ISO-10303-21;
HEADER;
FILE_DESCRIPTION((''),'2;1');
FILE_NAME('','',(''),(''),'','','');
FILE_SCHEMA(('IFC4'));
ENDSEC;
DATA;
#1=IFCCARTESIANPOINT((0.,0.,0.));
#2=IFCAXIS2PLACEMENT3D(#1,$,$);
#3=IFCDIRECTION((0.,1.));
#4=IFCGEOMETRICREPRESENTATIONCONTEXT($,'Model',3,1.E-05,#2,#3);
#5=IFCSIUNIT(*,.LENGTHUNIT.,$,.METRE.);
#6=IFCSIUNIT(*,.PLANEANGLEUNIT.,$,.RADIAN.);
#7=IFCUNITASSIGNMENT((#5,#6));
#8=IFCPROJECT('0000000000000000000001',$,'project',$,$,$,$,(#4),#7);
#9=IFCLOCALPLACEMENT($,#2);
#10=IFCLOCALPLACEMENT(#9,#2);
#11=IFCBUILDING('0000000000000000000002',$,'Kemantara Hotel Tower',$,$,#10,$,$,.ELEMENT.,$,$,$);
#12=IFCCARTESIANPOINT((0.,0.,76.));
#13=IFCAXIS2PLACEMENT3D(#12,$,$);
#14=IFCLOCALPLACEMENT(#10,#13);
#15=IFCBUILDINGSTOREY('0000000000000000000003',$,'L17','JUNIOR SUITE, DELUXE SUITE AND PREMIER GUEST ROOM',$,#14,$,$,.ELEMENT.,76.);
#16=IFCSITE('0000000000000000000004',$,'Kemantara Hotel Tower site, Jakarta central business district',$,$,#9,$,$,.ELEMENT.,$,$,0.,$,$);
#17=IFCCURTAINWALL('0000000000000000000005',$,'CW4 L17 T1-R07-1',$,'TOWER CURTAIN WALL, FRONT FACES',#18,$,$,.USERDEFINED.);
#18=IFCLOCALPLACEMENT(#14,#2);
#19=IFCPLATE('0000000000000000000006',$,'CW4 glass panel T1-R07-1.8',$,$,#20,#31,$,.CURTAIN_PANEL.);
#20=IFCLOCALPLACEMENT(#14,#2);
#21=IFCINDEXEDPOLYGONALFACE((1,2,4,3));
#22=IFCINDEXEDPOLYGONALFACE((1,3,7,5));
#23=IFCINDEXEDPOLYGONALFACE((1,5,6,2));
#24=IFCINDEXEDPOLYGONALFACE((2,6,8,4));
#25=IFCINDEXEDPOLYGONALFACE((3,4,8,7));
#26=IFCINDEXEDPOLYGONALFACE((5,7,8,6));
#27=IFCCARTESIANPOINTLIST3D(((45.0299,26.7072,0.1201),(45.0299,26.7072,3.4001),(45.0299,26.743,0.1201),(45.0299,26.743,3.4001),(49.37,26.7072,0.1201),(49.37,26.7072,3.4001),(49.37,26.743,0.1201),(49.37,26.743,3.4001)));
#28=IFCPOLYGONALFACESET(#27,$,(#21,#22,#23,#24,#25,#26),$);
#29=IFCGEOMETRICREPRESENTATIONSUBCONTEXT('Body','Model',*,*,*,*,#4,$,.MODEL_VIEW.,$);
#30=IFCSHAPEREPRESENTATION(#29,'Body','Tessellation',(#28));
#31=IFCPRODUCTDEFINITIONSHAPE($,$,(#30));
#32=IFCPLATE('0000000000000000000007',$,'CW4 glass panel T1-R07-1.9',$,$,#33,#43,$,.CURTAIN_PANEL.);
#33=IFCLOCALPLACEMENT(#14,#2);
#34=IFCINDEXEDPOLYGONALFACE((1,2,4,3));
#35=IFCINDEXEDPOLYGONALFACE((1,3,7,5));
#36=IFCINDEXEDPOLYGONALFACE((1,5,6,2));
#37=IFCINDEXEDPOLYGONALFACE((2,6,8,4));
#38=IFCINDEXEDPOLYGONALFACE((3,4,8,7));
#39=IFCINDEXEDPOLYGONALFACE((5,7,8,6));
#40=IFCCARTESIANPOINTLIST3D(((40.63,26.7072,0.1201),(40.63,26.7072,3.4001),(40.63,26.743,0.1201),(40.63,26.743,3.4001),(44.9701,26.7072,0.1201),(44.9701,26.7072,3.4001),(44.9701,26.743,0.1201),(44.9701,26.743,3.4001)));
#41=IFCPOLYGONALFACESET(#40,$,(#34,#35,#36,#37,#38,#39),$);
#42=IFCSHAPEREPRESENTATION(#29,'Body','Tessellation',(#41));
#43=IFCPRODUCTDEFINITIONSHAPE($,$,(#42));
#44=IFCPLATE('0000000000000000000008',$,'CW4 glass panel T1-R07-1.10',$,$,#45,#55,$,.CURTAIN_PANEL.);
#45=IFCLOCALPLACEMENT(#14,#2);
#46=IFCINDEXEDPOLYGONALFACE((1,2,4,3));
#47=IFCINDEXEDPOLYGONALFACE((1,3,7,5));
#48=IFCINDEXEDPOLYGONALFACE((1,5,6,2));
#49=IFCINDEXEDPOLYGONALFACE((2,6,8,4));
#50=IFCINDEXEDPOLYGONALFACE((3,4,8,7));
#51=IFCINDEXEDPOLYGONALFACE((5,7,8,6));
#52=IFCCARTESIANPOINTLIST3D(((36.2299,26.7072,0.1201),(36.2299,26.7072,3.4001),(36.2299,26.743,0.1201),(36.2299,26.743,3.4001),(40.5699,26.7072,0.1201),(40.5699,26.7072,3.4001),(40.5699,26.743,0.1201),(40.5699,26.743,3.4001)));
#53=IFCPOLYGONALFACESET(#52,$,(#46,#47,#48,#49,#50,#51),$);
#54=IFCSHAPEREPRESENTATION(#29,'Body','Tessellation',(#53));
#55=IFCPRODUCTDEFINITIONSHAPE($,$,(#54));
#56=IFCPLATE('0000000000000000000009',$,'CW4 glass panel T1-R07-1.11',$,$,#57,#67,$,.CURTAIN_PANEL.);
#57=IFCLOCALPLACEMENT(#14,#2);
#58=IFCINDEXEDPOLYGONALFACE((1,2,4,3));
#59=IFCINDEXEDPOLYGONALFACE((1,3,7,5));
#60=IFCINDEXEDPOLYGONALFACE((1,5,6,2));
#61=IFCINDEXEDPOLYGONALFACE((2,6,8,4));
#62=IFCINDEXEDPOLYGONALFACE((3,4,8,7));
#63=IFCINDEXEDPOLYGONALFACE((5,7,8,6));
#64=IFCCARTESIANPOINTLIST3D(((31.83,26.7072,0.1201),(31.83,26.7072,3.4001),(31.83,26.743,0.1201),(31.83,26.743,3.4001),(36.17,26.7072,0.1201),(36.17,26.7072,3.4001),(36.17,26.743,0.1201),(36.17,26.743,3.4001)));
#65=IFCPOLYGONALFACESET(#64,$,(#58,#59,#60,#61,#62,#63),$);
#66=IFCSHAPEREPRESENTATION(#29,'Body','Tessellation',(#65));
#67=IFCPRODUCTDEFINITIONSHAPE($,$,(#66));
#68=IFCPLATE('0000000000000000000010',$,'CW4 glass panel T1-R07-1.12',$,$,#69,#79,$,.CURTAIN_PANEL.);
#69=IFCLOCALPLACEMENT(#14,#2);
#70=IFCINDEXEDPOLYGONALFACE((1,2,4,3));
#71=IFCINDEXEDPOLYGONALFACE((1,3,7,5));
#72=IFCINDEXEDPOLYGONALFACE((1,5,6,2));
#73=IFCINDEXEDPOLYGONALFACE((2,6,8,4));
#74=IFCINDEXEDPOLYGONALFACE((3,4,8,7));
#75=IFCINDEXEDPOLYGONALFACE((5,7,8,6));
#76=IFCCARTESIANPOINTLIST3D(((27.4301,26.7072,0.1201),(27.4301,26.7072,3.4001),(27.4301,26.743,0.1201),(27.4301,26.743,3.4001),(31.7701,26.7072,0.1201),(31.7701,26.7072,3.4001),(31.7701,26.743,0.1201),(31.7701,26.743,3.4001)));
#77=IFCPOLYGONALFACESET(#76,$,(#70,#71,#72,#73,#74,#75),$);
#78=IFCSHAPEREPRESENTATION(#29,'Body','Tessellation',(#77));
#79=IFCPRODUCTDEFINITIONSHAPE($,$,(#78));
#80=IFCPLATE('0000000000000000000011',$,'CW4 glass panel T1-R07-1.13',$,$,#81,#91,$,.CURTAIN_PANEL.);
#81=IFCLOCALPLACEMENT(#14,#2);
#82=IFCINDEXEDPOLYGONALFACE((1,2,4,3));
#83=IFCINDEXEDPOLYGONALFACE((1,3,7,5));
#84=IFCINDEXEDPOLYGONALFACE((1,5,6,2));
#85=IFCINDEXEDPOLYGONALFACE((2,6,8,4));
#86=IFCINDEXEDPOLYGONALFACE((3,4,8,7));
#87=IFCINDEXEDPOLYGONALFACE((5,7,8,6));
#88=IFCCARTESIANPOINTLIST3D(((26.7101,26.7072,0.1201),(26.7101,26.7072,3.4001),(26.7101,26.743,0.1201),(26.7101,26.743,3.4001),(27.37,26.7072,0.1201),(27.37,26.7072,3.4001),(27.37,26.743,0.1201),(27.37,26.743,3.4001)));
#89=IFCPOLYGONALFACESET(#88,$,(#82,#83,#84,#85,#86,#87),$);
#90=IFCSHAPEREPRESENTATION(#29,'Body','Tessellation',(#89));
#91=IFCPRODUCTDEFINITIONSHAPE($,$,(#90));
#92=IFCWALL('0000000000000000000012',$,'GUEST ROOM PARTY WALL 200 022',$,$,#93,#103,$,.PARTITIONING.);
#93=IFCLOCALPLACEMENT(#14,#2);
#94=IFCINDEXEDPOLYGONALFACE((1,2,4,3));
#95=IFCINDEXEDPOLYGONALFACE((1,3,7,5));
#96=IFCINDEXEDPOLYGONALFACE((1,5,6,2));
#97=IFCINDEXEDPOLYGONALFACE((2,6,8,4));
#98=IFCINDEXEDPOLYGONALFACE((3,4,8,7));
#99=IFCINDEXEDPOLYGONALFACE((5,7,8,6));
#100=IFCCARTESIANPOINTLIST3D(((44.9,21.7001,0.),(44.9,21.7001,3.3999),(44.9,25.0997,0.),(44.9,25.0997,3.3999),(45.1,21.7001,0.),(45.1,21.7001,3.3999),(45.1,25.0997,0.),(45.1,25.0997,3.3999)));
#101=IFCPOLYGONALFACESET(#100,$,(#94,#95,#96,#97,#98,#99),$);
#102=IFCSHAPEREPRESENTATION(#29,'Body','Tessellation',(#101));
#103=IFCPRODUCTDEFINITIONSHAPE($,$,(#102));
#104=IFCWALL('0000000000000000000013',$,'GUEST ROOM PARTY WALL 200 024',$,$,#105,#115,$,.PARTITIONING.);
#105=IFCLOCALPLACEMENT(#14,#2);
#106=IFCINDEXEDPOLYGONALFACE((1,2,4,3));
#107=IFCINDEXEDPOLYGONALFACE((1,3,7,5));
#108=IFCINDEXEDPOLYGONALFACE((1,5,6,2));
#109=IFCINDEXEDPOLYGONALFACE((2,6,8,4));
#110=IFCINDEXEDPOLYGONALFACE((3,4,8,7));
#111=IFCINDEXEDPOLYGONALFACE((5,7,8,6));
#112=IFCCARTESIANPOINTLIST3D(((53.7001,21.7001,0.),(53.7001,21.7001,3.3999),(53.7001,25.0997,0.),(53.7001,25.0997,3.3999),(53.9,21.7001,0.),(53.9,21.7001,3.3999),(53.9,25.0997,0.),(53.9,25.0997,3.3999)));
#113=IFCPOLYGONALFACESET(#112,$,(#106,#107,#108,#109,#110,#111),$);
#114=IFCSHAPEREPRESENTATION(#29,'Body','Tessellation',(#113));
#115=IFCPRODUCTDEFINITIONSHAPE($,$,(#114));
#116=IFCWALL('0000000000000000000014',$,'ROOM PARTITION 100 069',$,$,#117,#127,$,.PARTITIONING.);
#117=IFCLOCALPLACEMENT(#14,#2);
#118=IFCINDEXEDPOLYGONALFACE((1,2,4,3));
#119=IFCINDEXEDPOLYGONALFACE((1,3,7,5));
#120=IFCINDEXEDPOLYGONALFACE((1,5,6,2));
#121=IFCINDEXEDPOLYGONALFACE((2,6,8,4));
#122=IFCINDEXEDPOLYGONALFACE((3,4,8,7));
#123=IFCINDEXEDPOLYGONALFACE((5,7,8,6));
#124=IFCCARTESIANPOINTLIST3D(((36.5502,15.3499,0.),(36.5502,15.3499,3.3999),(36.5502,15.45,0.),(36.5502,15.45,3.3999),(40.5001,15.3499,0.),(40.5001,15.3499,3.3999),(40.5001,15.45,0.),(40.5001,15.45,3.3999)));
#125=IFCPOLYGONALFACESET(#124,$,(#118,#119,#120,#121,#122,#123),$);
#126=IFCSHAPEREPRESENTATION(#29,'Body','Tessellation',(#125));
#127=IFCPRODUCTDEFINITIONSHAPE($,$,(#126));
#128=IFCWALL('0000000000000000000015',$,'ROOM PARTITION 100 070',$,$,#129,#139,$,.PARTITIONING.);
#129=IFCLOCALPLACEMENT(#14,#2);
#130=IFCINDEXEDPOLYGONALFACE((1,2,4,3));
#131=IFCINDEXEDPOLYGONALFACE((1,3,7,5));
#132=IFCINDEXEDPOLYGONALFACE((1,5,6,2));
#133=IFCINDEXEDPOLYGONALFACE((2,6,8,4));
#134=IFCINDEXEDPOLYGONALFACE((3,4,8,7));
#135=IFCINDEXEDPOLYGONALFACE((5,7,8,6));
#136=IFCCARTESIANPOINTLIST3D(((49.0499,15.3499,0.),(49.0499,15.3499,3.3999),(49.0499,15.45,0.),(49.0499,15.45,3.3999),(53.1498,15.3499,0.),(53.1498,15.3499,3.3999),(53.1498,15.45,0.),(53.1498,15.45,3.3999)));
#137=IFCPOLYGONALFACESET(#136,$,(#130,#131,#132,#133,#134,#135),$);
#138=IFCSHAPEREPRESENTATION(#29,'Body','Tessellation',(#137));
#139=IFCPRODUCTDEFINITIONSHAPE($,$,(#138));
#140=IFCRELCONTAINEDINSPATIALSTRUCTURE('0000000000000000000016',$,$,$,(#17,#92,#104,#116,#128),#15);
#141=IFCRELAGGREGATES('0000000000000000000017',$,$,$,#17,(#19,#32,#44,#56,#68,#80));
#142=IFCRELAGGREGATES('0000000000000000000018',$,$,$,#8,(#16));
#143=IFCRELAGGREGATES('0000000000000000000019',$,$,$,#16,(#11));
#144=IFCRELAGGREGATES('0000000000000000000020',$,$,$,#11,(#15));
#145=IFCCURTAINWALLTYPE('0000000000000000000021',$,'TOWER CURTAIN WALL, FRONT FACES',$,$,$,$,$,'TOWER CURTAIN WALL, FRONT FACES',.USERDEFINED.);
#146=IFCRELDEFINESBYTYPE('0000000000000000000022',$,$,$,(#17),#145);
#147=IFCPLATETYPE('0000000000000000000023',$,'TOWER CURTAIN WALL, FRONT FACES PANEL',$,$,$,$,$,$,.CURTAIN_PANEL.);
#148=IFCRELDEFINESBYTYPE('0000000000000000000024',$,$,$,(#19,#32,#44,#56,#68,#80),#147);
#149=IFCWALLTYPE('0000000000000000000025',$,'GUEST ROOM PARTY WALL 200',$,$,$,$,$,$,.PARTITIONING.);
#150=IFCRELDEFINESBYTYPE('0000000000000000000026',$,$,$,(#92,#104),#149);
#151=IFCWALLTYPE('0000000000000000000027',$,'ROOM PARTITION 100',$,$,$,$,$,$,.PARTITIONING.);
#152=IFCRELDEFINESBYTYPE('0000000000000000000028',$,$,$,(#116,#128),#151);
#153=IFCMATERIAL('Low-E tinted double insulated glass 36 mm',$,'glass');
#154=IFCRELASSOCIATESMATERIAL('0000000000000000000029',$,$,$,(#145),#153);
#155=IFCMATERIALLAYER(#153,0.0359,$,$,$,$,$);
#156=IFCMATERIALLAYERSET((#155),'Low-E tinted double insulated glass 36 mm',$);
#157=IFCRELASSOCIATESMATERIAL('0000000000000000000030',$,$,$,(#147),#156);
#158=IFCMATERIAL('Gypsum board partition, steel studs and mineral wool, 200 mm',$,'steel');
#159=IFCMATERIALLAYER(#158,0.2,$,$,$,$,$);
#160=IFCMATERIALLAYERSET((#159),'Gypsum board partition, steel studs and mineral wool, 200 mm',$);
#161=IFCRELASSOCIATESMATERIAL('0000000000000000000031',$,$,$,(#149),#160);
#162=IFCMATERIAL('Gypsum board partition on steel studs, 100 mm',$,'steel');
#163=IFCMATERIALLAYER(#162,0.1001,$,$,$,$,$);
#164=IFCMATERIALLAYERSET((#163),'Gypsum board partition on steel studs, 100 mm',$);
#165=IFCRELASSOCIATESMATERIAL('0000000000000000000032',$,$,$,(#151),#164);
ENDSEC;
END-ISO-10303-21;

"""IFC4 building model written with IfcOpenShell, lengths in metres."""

from ifc_helpers import new_model, si_unit, direction, frame, frame_2d, origin, origin_2d, place, context, subcontext, project, spatial, rectangle, extrude, source, transform, mapped, material, layer, layer_set, type_object, element, aggregate, save


model = new_model("IFC4")

# Units and contexts
model_context = context("Model", 3, precision=1e-05, world=origin(), true_north=direction((0.0, 1.0)))
body_context = subcontext(model_context, "Body", "Model", "MODEL_VIEW")
ifc_project = project(units=[si_unit("LENGTHUNIT", "METRE"), si_unit("PLANEANGLEUNIT", "RADIAN")], contexts=[model_context])

# Site, building, storey
site_placement = place(None, origin())
site = spatial("IfcSite", under=ifc_project, at=site_placement, Name="Kemantara Hotel Tower site, Jakarta central business district", CompositionType="ELEMENT", RefElevation=0.0)
building_placement = place(site_placement, origin())
building = spatial("IfcBuilding", under=site, at=building_placement, Name="Kemantara Hotel Tower", CompositionType="ELEMENT")
storey_placement = place(building_placement, frame((0.0, 0.0, 76.0)))
storey = spatial("IfcBuildingStorey", under=building, at=storey_placement, Name="L17", Description="JUNIOR SUITE, DELUXE SUITE AND PREMIER GUEST ROOM", CompositionType="ELEMENT", Elevation=76.0)

# Curtain wall, plates
ifc_material_1 = material(Name="Low-E tinted double insulated glass 36 mm", Category="glass")
curtain_wall_type = type_object("IfcCurtainWallType", Name="TOWER CURTAIN WALL, FRONT FACES", ElementType="TOWER CURTAIN WALL, FRONT FACES", PredefinedType="USERDEFINED", material=ifc_material_1)
curtain_wall_placement = place(storey_placement, origin())
curtain_wall = element("IfcCurtainWall", 1, at=curtain_wall_placement, inside=storey, type_object=curtain_wall_type, Name="CW4 L17 T1-R07-1", ObjectType="TOWER CURTAIN WALL, FRONT FACES", PredefinedType="USERDEFINED")
ifc_layer_1 = layer(ifc_material_1, 0.0359)
ifc_layer_set_1 = layer_set([ifc_layer_1], Name="Low-E tinted double insulated glass 36 mm")
plate_type = type_object("IfcPlateType", Name="TOWER CURTAIN WALL, FRONT FACES PANEL", PredefinedType="CURTAIN_PANEL", material=ifc_layer_set_1)
shared_shape_1 = source(origin(), body_context, "Body", "SweptSolid", [
    extrude(rectangle(XDim=4.3401, YDim=0.0359, at=origin_2d()), origin(), (0.0, 0.0, 1.0), 3.28),
])
plate_1_placement = place(storey_placement, frame((47.2, 26.7251, 0.1201), z_axis=(0.0, 0.0, 1.0), x_axis=(-1.0, 0.0, 0.0)))
plate_1 = element("IfcPlate", 2, at=plate_1_placement, type_object=plate_type, Name="CW4 glass panel T1-R07-1.8", PredefinedType="CURTAIN_PANEL", context=body_context, shape_type="MappedRepresentation", body=[
    mapped(shared_shape_1, transform((0.0, 0.0, 0.0))),
])
plate_2_placement = place(storey_placement, frame((42.8, 26.7251, 0.1201), z_axis=(0.0, 0.0, 1.0), x_axis=(-1.0, 0.0, 0.0)))
plate_2 = element("IfcPlate", 3, at=plate_2_placement, type_object=plate_type, Name="CW4 glass panel T1-R07-1.9", PredefinedType="CURTAIN_PANEL", context=body_context, shape_type="MappedRepresentation", body=[
    mapped(shared_shape_1, transform((0.0, 0.0, 0.0))),
])
plate_3_placement = place(storey_placement, frame((38.3999, 26.7251, 0.1201), z_axis=(0.0, 0.0, 1.0), x_axis=(-1.0, 0.0, 0.0)))
plate_3 = element("IfcPlate", 4, at=plate_3_placement, type_object=plate_type, Name="CW4 glass panel T1-R07-1.10", PredefinedType="CURTAIN_PANEL", context=body_context, shape_type="MappedRepresentation", body=[
    mapped(shared_shape_1, transform((0.0, 0.0, 0.0))),
])
plate_4_placement = place(storey_placement, frame((34.0, 26.7251, 0.1201), z_axis=(0.0, 0.0, 1.0), x_axis=(-1.0, 0.0, 0.0)))
plate_4 = element("IfcPlate", 5, at=plate_4_placement, type_object=plate_type, Name="CW4 glass panel T1-R07-1.11", PredefinedType="CURTAIN_PANEL", context=body_context, shape_type="MappedRepresentation", body=[
    mapped(shared_shape_1, transform((0.0, 0.0, 0.0))),
])
plate_5_placement = place(storey_placement, frame((29.6001, 26.7251, 0.1201), z_axis=(0.0, 0.0, 1.0), x_axis=(-1.0, 0.0, 0.0)))
plate_5 = element("IfcPlate", 6, at=plate_5_placement, type_object=plate_type, Name="CW4 glass panel T1-R07-1.12", PredefinedType="CURTAIN_PANEL", context=body_context, shape_type="MappedRepresentation", body=[
    mapped(shared_shape_1, transform((0.0, 0.0, 0.0))),
])
shared_shape_2 = source(origin(), body_context, "Body", "SweptSolid", [
    extrude(rectangle(XDim=0.6599, YDim=0.0359, at=origin_2d()), origin(), (0.0, 0.0, 1.0), 3.28),
])
plate_6_placement = place(storey_placement, frame((27.04, 26.7251, 0.1201), z_axis=(0.0, 0.0, 1.0), x_axis=(-1.0, 0.0, 0.0)))
plate_6 = element("IfcPlate", 7, at=plate_6_placement, type_object=plate_type, Name="CW4 glass panel T1-R07-1.13", PredefinedType="CURTAIN_PANEL", context=body_context, shape_type="MappedRepresentation", body=[
    mapped(shared_shape_2, transform((0.0, 0.0, 0.0))),
])
aggregate(curtain_wall, [plate_1, plate_2, plate_3, plate_4, plate_5, plate_6])

# Walls
ifc_material_2 = material(Name="Gypsum board partition, steel studs and mineral wool, 200 mm", Category="steel")
ifc_layer_2 = layer(ifc_material_2, 0.2)
ifc_layer_set_2 = layer_set([ifc_layer_2], Name="Gypsum board partition, steel studs and mineral wool, 200 mm")
wall_type_1 = type_object("IfcWallType", Name="GUEST ROOM PARTY WALL 200", PredefinedType="PARTITIONING", material=ifc_layer_set_2)
for number, where, z_axis, x_axis, name in (
    (8, (45.0, 21.7002, 0.0), (0.0, 0.0, 1.0), (0.0, 1.0, 0.0), "GUEST ROOM PARTY WALL 200 022"),
    (9, (53.8, 21.7002, 0.0), (0.0, 0.0, 1.0), (0.0, 1.0, 0.0), "GUEST ROOM PARTY WALL 200 024"),
):
    element("IfcWall", number, at=place(storey_placement, frame(where, z_axis=z_axis, x_axis=x_axis)), inside=storey, type_object=wall_type_1, Name=name, PredefinedType="PARTITIONING", context=body_context, shape_type="SweptSolid", body=[
        extrude(rectangle(XDim=3.3997, YDim=0.2, at=frame_2d((1.6997, 0.0))), origin(), (0.0, 0.0, 1.0), 3.3999),
    ])
ifc_material_3 = material(Name="Gypsum board partition on steel studs, 100 mm", Category="steel")
ifc_layer_3 = layer(ifc_material_3, 0.1001)
ifc_layer_set_3 = layer_set([ifc_layer_3], Name="Gypsum board partition on steel studs, 100 mm")
wall_type_2 = type_object("IfcWallType", Name="ROOM PARTITION 100", PredefinedType="PARTITIONING", material=ifc_layer_set_3)
wall_1_placement = place(storey_placement, frame((36.55, 15.3999, 0.0), z_axis=(0.0, 0.0, 1.0), x_axis=(1.0, 0.0, 0.0)))
element("IfcWall", 10, at=wall_1_placement, inside=storey, type_object=wall_type_2, Name="ROOM PARTITION 100 069", PredefinedType="PARTITIONING", context=body_context, shape_type="SweptSolid", body=[
    extrude(rectangle(XDim=3.95, YDim=0.1001, at=frame_2d((1.9751, 0.0))), origin(), (0.0, 0.0, 1.0), 3.3999),
])
wall_2_placement = place(storey_placement, frame((49.05, 15.3999, 0.0), z_axis=(0.0, 0.0, 1.0), x_axis=(1.0, 0.0, 0.0)))
element("IfcWall", 11, at=wall_2_placement, inside=storey, type_object=wall_type_2, Name="ROOM PARTITION 100 070", PredefinedType="PARTITIONING", context=body_context, shape_type="SweptSolid", body=[
    extrude(rectangle(XDim=4.0999, YDim=0.1001, at=frame_2d((2.0498, 0.0))), origin(), (0.0, 0.0, 1.0), 3.3999),
])

save(model, "model.ifc")
